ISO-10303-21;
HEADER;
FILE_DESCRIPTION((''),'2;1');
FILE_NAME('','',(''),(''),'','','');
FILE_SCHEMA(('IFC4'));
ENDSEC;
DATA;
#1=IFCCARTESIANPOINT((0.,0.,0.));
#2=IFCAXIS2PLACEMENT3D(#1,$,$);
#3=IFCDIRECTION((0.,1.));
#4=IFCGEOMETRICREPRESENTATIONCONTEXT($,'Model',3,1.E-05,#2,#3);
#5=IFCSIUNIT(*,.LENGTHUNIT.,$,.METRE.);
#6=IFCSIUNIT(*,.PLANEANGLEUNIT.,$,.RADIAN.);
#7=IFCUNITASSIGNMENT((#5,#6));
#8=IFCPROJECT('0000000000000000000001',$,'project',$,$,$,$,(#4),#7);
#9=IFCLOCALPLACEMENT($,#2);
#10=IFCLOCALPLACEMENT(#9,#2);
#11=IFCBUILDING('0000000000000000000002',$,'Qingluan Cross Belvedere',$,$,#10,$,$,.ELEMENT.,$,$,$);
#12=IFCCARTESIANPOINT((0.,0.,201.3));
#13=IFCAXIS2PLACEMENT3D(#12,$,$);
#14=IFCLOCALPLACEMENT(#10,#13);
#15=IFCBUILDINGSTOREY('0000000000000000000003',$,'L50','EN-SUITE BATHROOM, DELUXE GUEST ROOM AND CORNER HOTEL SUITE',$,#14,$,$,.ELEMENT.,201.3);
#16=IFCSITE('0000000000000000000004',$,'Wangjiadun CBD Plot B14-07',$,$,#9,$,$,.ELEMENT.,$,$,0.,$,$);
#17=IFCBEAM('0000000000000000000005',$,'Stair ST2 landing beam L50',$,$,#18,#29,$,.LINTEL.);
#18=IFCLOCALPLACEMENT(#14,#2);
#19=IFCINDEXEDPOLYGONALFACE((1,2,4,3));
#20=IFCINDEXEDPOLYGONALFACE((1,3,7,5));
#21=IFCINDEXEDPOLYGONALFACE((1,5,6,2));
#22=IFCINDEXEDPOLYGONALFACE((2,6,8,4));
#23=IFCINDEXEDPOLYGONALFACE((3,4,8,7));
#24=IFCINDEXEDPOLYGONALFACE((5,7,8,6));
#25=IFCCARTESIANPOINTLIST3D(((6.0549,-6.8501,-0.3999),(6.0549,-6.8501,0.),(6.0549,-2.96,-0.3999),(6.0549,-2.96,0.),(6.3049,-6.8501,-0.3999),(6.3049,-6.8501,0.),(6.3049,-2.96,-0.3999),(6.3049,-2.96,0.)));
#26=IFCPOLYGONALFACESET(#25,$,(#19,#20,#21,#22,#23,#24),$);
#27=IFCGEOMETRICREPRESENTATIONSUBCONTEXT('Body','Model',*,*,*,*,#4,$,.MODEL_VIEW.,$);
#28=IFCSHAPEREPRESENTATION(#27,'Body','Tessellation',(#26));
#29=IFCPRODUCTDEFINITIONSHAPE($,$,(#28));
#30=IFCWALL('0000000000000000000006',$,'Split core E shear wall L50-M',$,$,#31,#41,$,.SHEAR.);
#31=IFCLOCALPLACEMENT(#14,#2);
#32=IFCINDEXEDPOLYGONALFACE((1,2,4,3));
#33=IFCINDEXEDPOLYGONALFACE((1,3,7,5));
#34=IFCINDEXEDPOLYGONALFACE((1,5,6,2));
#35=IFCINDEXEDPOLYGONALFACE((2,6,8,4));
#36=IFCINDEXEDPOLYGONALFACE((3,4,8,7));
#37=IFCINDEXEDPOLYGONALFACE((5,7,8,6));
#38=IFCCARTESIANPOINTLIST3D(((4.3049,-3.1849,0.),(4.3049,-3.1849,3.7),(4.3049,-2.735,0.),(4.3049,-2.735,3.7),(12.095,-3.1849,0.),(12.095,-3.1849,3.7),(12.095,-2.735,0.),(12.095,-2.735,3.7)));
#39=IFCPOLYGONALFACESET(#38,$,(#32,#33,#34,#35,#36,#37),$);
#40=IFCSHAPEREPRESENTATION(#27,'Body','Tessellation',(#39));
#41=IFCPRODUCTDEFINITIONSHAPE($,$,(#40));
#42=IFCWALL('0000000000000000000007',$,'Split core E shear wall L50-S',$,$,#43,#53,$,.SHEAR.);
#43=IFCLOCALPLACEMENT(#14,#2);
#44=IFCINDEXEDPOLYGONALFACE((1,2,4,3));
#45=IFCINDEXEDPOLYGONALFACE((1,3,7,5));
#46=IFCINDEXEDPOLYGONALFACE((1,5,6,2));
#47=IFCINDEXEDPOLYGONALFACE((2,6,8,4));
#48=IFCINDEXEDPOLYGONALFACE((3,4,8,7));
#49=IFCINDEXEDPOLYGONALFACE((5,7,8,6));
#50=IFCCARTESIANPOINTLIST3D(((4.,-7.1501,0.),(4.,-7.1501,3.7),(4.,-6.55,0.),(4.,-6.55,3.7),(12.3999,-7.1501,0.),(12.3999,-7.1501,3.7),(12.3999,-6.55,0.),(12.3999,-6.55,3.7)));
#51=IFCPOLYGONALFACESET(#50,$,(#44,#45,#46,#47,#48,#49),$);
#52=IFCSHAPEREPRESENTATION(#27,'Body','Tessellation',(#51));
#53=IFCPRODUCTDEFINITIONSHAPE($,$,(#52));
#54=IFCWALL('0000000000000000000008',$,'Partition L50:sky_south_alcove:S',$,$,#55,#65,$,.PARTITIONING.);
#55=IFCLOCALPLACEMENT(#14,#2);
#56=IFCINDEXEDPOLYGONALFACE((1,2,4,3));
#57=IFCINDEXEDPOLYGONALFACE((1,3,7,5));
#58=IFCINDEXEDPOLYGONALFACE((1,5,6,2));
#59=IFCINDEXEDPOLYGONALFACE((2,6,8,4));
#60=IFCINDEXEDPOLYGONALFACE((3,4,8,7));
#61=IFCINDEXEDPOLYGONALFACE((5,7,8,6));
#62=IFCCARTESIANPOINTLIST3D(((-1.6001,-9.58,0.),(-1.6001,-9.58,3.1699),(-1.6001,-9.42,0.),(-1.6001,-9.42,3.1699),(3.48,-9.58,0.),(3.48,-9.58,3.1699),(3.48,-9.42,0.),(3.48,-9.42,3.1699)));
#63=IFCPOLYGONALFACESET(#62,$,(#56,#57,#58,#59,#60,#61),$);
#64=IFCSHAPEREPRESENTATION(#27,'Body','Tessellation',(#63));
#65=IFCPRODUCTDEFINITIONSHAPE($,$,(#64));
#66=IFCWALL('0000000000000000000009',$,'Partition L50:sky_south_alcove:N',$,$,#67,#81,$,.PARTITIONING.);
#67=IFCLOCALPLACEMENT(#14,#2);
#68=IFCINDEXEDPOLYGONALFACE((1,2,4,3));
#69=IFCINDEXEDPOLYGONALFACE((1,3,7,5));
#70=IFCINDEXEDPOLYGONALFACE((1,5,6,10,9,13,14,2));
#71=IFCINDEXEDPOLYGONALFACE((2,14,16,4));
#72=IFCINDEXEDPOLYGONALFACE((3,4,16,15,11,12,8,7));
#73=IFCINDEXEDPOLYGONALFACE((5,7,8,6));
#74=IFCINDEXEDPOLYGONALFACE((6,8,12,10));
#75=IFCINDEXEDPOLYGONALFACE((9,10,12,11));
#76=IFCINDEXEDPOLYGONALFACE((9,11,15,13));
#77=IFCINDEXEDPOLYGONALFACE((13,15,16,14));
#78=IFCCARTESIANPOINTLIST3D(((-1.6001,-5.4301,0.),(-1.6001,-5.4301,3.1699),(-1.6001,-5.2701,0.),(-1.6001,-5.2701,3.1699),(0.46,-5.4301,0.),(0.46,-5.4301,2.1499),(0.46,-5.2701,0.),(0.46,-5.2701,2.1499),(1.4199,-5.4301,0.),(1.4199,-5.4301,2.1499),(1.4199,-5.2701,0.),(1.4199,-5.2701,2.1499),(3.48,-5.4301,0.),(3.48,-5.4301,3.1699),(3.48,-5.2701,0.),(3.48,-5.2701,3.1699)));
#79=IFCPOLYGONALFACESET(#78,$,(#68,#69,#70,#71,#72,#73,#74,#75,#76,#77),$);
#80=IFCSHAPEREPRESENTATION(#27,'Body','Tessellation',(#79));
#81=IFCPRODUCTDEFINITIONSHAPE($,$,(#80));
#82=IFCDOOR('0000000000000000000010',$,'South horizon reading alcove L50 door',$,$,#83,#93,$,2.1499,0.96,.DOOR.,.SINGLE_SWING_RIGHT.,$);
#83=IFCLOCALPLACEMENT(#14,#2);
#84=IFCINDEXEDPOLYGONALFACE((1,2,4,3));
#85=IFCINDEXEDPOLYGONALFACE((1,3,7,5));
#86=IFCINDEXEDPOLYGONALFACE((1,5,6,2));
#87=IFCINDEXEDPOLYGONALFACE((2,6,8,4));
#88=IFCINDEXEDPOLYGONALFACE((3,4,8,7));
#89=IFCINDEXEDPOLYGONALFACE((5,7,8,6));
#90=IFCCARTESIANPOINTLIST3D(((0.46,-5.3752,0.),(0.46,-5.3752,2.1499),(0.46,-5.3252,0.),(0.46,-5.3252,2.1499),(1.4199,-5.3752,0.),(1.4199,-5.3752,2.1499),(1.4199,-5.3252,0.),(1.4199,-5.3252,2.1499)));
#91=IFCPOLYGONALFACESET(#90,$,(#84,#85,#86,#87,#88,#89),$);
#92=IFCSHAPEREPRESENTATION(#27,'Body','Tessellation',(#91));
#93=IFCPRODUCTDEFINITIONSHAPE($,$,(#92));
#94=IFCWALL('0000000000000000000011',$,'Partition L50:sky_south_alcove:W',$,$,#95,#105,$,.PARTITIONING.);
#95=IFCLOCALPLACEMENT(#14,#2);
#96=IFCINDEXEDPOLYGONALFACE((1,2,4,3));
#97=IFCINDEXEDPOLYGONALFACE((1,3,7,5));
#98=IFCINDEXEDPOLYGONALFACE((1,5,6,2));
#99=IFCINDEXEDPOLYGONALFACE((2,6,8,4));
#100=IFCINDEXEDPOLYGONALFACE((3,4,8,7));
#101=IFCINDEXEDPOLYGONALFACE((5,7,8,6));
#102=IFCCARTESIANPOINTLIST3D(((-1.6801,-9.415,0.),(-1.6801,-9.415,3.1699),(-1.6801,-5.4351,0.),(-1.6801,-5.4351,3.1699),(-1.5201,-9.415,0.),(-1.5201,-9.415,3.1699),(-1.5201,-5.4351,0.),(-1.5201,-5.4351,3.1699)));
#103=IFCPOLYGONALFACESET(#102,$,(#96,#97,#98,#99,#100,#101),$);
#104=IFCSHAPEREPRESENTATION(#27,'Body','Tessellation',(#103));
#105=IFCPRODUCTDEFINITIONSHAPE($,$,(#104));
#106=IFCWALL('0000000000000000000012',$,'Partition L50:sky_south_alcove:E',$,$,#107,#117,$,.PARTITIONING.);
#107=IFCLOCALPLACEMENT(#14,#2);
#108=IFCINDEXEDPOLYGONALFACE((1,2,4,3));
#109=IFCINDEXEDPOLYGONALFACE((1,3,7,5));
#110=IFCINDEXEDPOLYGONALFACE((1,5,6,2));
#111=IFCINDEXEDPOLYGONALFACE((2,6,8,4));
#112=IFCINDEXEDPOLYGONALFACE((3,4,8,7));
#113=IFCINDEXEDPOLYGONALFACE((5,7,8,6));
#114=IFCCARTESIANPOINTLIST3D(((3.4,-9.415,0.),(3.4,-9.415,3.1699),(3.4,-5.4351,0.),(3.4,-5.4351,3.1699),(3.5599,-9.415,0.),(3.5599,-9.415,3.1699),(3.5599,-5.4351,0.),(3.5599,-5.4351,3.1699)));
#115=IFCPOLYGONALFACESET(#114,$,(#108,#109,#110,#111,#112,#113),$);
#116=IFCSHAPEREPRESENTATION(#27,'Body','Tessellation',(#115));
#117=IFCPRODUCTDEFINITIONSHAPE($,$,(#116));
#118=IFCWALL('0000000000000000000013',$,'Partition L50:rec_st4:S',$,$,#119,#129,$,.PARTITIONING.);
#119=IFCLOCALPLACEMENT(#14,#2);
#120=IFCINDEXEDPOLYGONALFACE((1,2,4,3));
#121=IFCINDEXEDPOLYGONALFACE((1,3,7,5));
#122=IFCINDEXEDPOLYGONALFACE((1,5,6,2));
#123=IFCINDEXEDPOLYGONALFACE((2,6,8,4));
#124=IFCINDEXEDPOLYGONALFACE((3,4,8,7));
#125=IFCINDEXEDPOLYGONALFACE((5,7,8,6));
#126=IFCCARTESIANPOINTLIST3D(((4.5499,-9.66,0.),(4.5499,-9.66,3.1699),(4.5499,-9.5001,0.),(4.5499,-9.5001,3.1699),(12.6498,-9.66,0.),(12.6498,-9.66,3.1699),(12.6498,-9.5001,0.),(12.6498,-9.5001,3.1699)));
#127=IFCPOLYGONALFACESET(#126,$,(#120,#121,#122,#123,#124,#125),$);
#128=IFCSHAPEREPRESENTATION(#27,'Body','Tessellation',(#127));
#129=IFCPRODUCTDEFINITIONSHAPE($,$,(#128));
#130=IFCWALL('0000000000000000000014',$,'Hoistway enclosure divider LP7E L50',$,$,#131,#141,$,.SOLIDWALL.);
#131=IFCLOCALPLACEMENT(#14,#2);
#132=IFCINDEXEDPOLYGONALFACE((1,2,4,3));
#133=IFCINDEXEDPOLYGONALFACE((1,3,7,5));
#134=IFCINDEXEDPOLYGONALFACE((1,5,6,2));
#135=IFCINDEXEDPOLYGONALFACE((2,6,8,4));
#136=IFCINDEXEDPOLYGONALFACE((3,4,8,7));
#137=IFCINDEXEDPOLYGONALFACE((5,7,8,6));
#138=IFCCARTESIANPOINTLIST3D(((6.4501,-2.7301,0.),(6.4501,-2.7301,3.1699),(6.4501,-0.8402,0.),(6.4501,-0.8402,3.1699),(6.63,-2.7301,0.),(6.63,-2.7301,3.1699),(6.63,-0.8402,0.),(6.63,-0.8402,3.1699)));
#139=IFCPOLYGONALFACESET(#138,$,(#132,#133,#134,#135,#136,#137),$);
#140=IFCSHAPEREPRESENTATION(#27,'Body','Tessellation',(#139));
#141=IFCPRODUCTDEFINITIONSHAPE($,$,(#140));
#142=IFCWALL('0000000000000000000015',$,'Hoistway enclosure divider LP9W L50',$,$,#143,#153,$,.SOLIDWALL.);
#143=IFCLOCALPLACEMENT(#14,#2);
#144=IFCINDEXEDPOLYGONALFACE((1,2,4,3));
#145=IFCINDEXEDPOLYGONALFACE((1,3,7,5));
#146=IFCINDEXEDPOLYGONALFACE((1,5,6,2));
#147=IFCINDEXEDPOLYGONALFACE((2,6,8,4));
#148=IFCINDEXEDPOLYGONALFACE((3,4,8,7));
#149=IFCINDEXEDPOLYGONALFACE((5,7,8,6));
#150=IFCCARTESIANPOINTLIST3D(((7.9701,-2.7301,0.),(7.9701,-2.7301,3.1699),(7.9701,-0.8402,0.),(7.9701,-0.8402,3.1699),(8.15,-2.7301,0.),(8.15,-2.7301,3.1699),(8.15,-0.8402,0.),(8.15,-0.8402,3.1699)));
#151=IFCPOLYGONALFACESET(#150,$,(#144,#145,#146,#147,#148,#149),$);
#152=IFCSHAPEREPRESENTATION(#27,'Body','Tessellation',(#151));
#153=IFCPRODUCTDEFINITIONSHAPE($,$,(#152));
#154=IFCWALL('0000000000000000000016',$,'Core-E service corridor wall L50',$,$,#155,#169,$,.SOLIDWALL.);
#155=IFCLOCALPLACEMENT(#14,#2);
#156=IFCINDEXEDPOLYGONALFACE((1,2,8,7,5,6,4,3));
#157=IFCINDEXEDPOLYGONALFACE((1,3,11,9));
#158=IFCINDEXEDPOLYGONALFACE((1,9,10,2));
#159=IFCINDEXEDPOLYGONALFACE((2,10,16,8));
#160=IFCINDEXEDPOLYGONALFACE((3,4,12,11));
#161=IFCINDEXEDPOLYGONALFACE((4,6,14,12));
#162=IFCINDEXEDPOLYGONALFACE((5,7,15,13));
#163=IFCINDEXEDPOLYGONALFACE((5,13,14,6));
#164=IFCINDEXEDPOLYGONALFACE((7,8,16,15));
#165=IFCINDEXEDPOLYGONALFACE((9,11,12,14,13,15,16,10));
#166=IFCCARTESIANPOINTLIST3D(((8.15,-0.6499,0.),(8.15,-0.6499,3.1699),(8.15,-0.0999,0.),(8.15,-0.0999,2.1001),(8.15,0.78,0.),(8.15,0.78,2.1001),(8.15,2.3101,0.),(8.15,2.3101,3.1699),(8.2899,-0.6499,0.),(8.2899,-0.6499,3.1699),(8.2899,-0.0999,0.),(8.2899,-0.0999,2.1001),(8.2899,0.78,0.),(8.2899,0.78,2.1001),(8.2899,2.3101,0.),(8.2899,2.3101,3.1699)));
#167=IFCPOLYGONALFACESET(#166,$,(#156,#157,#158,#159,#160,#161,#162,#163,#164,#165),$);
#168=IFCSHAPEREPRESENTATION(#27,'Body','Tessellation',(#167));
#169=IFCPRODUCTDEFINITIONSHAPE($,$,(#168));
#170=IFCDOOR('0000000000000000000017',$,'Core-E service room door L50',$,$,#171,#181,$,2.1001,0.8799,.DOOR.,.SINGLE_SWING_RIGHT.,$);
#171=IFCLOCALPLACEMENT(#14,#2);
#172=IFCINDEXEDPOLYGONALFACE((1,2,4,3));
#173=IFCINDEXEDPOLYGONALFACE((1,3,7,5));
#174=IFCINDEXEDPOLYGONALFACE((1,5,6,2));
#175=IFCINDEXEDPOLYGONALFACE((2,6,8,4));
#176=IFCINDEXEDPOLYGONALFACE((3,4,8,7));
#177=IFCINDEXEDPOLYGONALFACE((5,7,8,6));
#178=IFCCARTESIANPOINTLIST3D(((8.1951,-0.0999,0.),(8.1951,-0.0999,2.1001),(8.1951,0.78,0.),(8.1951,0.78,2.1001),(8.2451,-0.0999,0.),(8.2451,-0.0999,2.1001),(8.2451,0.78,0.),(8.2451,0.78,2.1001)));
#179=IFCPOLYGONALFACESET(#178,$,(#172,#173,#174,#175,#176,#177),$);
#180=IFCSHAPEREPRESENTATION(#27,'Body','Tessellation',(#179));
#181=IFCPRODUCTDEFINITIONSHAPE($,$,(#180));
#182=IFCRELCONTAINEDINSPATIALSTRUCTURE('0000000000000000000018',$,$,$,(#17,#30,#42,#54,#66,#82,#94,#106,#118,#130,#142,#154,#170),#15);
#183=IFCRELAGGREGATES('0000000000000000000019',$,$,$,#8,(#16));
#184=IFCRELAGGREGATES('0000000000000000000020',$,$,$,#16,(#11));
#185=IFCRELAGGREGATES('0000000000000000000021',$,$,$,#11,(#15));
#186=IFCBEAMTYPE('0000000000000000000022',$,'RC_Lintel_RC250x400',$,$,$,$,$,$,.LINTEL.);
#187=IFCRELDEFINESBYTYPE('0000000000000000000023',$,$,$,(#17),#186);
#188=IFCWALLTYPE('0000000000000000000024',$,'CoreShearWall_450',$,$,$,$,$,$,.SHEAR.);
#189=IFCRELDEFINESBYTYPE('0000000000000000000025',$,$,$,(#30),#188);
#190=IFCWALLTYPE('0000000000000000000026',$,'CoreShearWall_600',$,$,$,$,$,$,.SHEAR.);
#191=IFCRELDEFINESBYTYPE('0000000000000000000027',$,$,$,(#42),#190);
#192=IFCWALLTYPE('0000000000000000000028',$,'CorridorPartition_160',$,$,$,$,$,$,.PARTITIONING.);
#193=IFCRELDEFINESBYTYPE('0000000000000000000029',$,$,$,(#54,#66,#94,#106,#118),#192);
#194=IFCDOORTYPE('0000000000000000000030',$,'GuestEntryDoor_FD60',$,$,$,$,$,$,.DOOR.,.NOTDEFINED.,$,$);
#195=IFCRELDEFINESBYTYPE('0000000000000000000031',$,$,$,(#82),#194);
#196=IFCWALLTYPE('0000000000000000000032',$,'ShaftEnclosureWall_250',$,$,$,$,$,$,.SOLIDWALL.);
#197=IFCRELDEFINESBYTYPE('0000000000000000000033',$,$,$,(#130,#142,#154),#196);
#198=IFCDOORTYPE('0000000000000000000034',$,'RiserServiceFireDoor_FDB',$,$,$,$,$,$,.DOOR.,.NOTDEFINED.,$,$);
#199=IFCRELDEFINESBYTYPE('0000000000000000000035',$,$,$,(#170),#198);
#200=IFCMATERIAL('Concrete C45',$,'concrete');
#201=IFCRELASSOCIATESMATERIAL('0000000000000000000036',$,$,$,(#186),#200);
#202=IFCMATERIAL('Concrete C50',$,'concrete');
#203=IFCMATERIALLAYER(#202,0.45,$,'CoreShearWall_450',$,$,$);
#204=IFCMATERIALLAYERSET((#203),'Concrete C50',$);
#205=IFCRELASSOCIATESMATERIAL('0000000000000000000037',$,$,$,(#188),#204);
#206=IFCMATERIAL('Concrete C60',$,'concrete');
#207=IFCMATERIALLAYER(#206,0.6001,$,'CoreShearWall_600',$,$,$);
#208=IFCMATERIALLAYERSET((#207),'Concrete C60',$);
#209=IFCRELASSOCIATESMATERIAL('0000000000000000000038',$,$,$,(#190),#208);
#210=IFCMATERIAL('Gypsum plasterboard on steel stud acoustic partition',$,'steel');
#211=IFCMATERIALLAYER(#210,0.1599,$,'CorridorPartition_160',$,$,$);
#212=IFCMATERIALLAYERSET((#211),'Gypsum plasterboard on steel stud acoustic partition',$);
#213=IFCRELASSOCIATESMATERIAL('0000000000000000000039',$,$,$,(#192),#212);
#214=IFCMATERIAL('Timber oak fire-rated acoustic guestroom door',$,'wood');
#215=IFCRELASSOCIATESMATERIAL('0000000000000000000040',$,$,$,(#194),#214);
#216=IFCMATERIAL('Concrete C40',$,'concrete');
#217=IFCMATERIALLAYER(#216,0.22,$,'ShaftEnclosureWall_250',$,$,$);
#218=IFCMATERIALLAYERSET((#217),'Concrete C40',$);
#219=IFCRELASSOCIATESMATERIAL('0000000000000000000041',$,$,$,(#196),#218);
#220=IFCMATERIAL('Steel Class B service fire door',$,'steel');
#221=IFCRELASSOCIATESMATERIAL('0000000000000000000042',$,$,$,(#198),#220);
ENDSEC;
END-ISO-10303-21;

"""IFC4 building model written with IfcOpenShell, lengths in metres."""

from ifc_helpers import new_model, si_unit, direction, frame, frame_2d, origin, origin_2d, place, context, subcontext, project, spatial, rectangle, extrude, material, layer, layer_set, material_profile, profile_set, type_object, element, fill, save


model = new_model("IFC4")

# Units and contexts
model_context = context("Model", 3, precision=1e-05, world=origin(), true_north=direction((0.0, 1.0)))
body_context = subcontext(model_context, "Body", "Model", "MODEL_VIEW")
ifc_project = project(units=[si_unit("LENGTHUNIT", "METRE"), si_unit("PLANEANGLEUNIT", "RADIAN")], contexts=[model_context])

# Site, building, storey
site_placement = place(None, origin())
site = spatial("IfcSite", under=ifc_project, at=site_placement, Name="Wangjiadun CBD Plot B14-07", CompositionType="ELEMENT", RefElevation=0.0)
building_placement = place(site_placement, origin())
building = spatial("IfcBuilding", under=site, at=building_placement, Name="Qingluan Cross Belvedere", CompositionType="ELEMENT")
storey_placement = place(building_placement, frame((0.0, 0.0, 201.3)))
storey = spatial("IfcBuildingStorey", under=building, at=storey_placement, Name="L50", Description="EN-SUITE BATHROOM, DELUXE GUEST ROOM AND CORNER HOTEL SUITE", CompositionType="ELEMENT", Elevation=201.3)

# Beam
ifc_material_1 = material(Name="Concrete C45", Category="concrete")
ifc_material_profile = material_profile(ifc_material_1, rectangle(XDim=0.25, YDim=0.3999, at=origin_2d()), Name="RC250x400")
ifc_profile_set = profile_set([ifc_material_profile], Name="Concrete C45")
beam_type = type_object("IfcBeamType", Name="RC_Lintel_RC250x400", PredefinedType="LINTEL", material=ifc_profile_set)
beam_placement = place(storey_placement, frame((6.1799, -6.8501, -0.2), z_axis=(0.0, 1.0, 0.0), x_axis=(-1.0, 0.0, 0.0)))
element("IfcBeam", 1, at=beam_placement, inside=storey, type_object=beam_type, Name="Stair ST2 landing beam L50", PredefinedType="LINTEL", context=body_context, shape_type="SweptSolid", body=[
    extrude(rectangle(XDim=0.25, YDim=0.3999, at=origin_2d()), origin(), (0.0, 0.0, 1.0), 3.8901),
])

# Walls
ifc_material_2 = material(Name="Concrete C50", Category="concrete")
ifc_layer_1 = layer(ifc_material_2, 0.45, Name="CoreShearWall_450")
ifc_layer_set_1 = layer_set([ifc_layer_1], Name="Concrete C50")
wall_type_1 = type_object("IfcWallType", Name="CoreShearWall_450", PredefinedType="SHEAR", material=ifc_layer_set_1)
wall_1_placement = place(storey_placement, frame((4.3049, -2.96, 0.0), z_axis=(0.0, 0.0, 1.0), x_axis=(1.0, 0.0, 0.0)))
element("IfcWall", 2, at=wall_1_placement, inside=storey, type_object=wall_type_1, Name="Split core E shear wall L50-M", PredefinedType="SHEAR", context=body_context, shape_type="SweptSolid", body=[
    extrude(rectangle(XDim=7.79, YDim=0.45, at=frame_2d((3.895, 0.0))), origin(), (0.0, 0.0, 1.0), 3.7),
])
ifc_material_3 = material(Name="Concrete C60", Category="concrete")
ifc_layer_2 = layer(ifc_material_3, 0.6001, Name="CoreShearWall_600")
ifc_layer_set_2 = layer_set([ifc_layer_2], Name="Concrete C60")
wall_type_2 = type_object("IfcWallType", Name="CoreShearWall_600", PredefinedType="SHEAR", material=ifc_layer_set_2)
wall_2_placement = place(storey_placement, frame((4.0, -6.8501, 0.0), z_axis=(0.0, 0.0, 1.0), x_axis=(1.0, 0.0, 0.0)))
element("IfcWall", 3, at=wall_2_placement, inside=storey, type_object=wall_type_2, Name="Split core E shear wall L50-S", PredefinedType="SHEAR", context=body_context, shape_type="SweptSolid", body=[
    extrude(rectangle(XDim=8.3999, YDim=0.6001, at=frame_2d((4.2, 0.0))), origin(), (0.0, 0.0, 1.0), 3.7),
])

# Shared definitions
ifc_material_4 = material(Name="Gypsum plasterboard on steel stud acoustic partition", Category="steel")
ifc_layer_3 = layer(ifc_material_4, 0.1599, Name="CorridorPartition_160")
ifc_layer_set_3 = layer_set([ifc_layer_3], Name="Gypsum plasterboard on steel stud acoustic partition")
wall_type_3 = type_object("IfcWallType", Name="CorridorPartition_160", PredefinedType="PARTITIONING", material=ifc_layer_set_3)
ifc_material_5 = material(Name="Timber oak fire-rated acoustic guestroom door", Category="wood")
door_type_1 = type_object("IfcDoorType", Name="GuestEntryDoor_FD60", OperationType="NOTDEFINED", PredefinedType="DOOR", material=ifc_material_5)

# Wall
wall_3_placement = place(storey_placement, frame((-1.6001, -9.5, 0.0), z_axis=(0.0, 0.0, 1.0), x_axis=(1.0, 0.0, 0.0)))
element("IfcWall", 4, at=wall_3_placement, inside=storey, type_object=wall_type_3, Name="Partition L50:sky_south_alcove:S", PredefinedType="PARTITIONING", context=body_context, shape_type="SweptSolid", body=[
    extrude(rectangle(XDim=5.0801, YDim=0.1599, at=frame_2d((2.54, 0.0))), origin(), (0.0, 0.0, 1.0), 3.1699),
])

# Wall, opening, door
wall_4_placement = place(storey_placement, frame((-1.6001, -5.3501, 0.0), z_axis=(0.0, 0.0, 1.0), x_axis=(1.0, 0.0, 0.0)))
wall_4 = element("IfcWall", 5, at=wall_4_placement, inside=storey, type_object=wall_type_3, Name="Partition L50:sky_south_alcove:N", PredefinedType="PARTITIONING", context=body_context, shape_type="SweptSolid", body=[
    extrude(rectangle(XDim=5.0801, YDim=0.1599, at=frame_2d((2.54, 0.0))), origin(), (0.0, 0.0, 1.0), 3.1699),
])
opening_1_placement = place(wall_4_placement, frame((2.0601, 0.0, 0.0)))
opening_1 = element("IfcOpeningElement", 6, at=opening_1_placement, cuts=wall_4, PredefinedType="OPENING", context=body_context, shape_type="SweptSolid", body=[
    extrude(rectangle(XDim=0.96, YDim=2.1499, at=frame_2d((0.48, 1.075))), frame((0.0, 0.0898, 0.0), z_axis=(0.0, -1.0, 0.0), x_axis=(1.0, 0.0, 0.0)), (0.0, 0.0, 1.0), 0.1799),
])
door_1_placement = place(opening_1_placement, origin())
door_1 = element("IfcDoor", 7, at=door_1_placement, inside=storey, type_object=door_type_1, Name="South horizon reading alcove L50 door", OperationType="SINGLE_SWING_RIGHT", OverallHeight=2.1499, OverallWidth=0.96, PredefinedType="DOOR", context=body_context, shape_type="SweptSolid", body=[
    extrude(rectangle(XDim=0.96, YDim=2.1499, at=frame_2d((0.48, 1.075))), frame((0.0, 0.0249, 0.0), z_axis=(0.0, -1.0, 0.0), x_axis=(1.0, 0.0, 0.0)), (0.0, 0.0, 1.0), 0.05),
])
fill(opening_1, door_1)

# Walls
for number, where, z_axis, x_axis, name in (
    (8, (-1.6001, -9.415, 0.0), (0.0, 0.0, 1.0), (0.0, 1.0, 0.0), "Partition L50:sky_south_alcove:W"),
    (9, (3.48, -9.415, 0.0), (0.0, 0.0, 1.0), (0.0, 1.0, 0.0), "Partition L50:sky_south_alcove:E"),
):
    element("IfcWall", number, at=place(storey_placement, frame(where, z_axis=z_axis, x_axis=x_axis)), inside=storey, type_object=wall_type_3, Name=name, PredefinedType="PARTITIONING", context=body_context, shape_type="SweptSolid", body=[
        extrude(rectangle(XDim=3.98, YDim=0.1599, at=frame_2d((1.99, 0.0))), origin(), (0.0, 0.0, 1.0), 3.1699),
    ])
wall_5_placement = place(storey_placement, frame((4.55, -9.5801, 0.0), z_axis=(0.0, 0.0, 1.0), x_axis=(1.0, 0.0, 0.0)))
element("IfcWall", 10, at=wall_5_placement, inside=storey, type_object=wall_type_3, Name="Partition L50:rec_st4:S", PredefinedType="PARTITIONING", context=body_context, shape_type="SweptSolid", body=[
    extrude(rectangle(XDim=8.0999, YDim=0.1599, at=frame_2d((4.0498, 0.0))), origin(), (0.0, 0.0, 1.0), 3.1699),
])

# Shared definitions
ifc_material_6 = material(Name="Concrete C40", Category="concrete")
ifc_layer_4 = layer(ifc_material_6, 0.22, Name="ShaftEnclosureWall_250")
ifc_layer_set_4 = layer_set([ifc_layer_4], Name="Concrete C40")
wall_type_4 = type_object("IfcWallType", Name="ShaftEnclosureWall_250", PredefinedType="SOLIDWALL", material=ifc_layer_set_4)

# Walls
for number, where, z_axis, x_axis, name in (
    (11, (6.54, -2.73, 0.0), (0.0, 0.0, 1.0), (0.0, 1.0, 0.0), "Hoistway enclosure divider LP7E L50"),
    (12, (8.0601, -2.73, 0.0), (0.0, 0.0, 1.0), (0.0, 1.0, 0.0), "Hoistway enclosure divider LP9W L50"),
):
    element("IfcWall", number, at=place(storey_placement, frame(where, z_axis=z_axis, x_axis=x_axis)), inside=storey, type_object=wall_type_4, Name=name, PredefinedType="SOLIDWALL", context=body_context, shape_type="SweptSolid", body=[
        extrude(rectangle(XDim=1.8899, YDim=0.1799, at=frame_2d((0.9448, 0.0))), origin(), (0.0, 0.0, 1.0), 3.1699),
    ])

# Wall, opening, door
wall_6_placement = place(storey_placement, frame((8.22, -0.6499, 0.0), z_axis=(0.0, 0.0, 1.0), x_axis=(0.0, 1.0, 0.0)))
wall_6 = element("IfcWall", 13, at=wall_6_placement, inside=storey, type_object=wall_type_4, Name="Core-E service corridor wall L50", PredefinedType="SOLIDWALL", context=body_context, shape_type="SweptSolid", body=[
    extrude(rectangle(XDim=2.96, YDim=0.1399, at=frame_2d((1.48, 0.0))), origin(), (0.0, 0.0, 1.0), 3.1699),
])
opening_2_placement = place(wall_6_placement, frame((0.55, 0.0, 0.0)))
opening_2 = element("IfcOpeningElement", 14, at=opening_2_placement, cuts=wall_6, PredefinedType="OPENING", context=body_context, shape_type="SweptSolid", body=[
    extrude(rectangle(XDim=0.8799, YDim=2.1001, at=frame_2d((0.4399, 1.05))), frame((0.0, 0.0798, 0.0), z_axis=(0.0, -1.0, 0.0), x_axis=(1.0, 0.0, 0.0)), (0.0, 0.0, 1.0), 0.1599),
])
ifc_material_7 = material(Name="Steel Class B service fire door", Category="steel")
door_type_2 = type_object("IfcDoorType", Name="RiserServiceFireDoor_FDB", OperationType="NOTDEFINED", PredefinedType="DOOR", material=ifc_material_7)
door_2_placement = place(opening_2_placement, origin())
door_2 = element("IfcDoor", 15, at=door_2_placement, inside=storey, type_object=door_type_2, Name="Core-E service room door L50", OperationType="SINGLE_SWING_RIGHT", OverallHeight=2.1001, OverallWidth=0.8799, PredefinedType="DOOR", context=body_context, shape_type="SweptSolid", body=[
    extrude(rectangle(XDim=0.8799, YDim=2.1001, at=frame_2d((0.4399, 1.05))), frame((0.0, 0.0249, 0.0), z_axis=(0.0, -1.0, 0.0), x_axis=(1.0, 0.0, 0.0)), (0.0, 0.0, 1.0), 0.05),
])
fill(opening_2, door_2)

save(model, "model.ifc")
